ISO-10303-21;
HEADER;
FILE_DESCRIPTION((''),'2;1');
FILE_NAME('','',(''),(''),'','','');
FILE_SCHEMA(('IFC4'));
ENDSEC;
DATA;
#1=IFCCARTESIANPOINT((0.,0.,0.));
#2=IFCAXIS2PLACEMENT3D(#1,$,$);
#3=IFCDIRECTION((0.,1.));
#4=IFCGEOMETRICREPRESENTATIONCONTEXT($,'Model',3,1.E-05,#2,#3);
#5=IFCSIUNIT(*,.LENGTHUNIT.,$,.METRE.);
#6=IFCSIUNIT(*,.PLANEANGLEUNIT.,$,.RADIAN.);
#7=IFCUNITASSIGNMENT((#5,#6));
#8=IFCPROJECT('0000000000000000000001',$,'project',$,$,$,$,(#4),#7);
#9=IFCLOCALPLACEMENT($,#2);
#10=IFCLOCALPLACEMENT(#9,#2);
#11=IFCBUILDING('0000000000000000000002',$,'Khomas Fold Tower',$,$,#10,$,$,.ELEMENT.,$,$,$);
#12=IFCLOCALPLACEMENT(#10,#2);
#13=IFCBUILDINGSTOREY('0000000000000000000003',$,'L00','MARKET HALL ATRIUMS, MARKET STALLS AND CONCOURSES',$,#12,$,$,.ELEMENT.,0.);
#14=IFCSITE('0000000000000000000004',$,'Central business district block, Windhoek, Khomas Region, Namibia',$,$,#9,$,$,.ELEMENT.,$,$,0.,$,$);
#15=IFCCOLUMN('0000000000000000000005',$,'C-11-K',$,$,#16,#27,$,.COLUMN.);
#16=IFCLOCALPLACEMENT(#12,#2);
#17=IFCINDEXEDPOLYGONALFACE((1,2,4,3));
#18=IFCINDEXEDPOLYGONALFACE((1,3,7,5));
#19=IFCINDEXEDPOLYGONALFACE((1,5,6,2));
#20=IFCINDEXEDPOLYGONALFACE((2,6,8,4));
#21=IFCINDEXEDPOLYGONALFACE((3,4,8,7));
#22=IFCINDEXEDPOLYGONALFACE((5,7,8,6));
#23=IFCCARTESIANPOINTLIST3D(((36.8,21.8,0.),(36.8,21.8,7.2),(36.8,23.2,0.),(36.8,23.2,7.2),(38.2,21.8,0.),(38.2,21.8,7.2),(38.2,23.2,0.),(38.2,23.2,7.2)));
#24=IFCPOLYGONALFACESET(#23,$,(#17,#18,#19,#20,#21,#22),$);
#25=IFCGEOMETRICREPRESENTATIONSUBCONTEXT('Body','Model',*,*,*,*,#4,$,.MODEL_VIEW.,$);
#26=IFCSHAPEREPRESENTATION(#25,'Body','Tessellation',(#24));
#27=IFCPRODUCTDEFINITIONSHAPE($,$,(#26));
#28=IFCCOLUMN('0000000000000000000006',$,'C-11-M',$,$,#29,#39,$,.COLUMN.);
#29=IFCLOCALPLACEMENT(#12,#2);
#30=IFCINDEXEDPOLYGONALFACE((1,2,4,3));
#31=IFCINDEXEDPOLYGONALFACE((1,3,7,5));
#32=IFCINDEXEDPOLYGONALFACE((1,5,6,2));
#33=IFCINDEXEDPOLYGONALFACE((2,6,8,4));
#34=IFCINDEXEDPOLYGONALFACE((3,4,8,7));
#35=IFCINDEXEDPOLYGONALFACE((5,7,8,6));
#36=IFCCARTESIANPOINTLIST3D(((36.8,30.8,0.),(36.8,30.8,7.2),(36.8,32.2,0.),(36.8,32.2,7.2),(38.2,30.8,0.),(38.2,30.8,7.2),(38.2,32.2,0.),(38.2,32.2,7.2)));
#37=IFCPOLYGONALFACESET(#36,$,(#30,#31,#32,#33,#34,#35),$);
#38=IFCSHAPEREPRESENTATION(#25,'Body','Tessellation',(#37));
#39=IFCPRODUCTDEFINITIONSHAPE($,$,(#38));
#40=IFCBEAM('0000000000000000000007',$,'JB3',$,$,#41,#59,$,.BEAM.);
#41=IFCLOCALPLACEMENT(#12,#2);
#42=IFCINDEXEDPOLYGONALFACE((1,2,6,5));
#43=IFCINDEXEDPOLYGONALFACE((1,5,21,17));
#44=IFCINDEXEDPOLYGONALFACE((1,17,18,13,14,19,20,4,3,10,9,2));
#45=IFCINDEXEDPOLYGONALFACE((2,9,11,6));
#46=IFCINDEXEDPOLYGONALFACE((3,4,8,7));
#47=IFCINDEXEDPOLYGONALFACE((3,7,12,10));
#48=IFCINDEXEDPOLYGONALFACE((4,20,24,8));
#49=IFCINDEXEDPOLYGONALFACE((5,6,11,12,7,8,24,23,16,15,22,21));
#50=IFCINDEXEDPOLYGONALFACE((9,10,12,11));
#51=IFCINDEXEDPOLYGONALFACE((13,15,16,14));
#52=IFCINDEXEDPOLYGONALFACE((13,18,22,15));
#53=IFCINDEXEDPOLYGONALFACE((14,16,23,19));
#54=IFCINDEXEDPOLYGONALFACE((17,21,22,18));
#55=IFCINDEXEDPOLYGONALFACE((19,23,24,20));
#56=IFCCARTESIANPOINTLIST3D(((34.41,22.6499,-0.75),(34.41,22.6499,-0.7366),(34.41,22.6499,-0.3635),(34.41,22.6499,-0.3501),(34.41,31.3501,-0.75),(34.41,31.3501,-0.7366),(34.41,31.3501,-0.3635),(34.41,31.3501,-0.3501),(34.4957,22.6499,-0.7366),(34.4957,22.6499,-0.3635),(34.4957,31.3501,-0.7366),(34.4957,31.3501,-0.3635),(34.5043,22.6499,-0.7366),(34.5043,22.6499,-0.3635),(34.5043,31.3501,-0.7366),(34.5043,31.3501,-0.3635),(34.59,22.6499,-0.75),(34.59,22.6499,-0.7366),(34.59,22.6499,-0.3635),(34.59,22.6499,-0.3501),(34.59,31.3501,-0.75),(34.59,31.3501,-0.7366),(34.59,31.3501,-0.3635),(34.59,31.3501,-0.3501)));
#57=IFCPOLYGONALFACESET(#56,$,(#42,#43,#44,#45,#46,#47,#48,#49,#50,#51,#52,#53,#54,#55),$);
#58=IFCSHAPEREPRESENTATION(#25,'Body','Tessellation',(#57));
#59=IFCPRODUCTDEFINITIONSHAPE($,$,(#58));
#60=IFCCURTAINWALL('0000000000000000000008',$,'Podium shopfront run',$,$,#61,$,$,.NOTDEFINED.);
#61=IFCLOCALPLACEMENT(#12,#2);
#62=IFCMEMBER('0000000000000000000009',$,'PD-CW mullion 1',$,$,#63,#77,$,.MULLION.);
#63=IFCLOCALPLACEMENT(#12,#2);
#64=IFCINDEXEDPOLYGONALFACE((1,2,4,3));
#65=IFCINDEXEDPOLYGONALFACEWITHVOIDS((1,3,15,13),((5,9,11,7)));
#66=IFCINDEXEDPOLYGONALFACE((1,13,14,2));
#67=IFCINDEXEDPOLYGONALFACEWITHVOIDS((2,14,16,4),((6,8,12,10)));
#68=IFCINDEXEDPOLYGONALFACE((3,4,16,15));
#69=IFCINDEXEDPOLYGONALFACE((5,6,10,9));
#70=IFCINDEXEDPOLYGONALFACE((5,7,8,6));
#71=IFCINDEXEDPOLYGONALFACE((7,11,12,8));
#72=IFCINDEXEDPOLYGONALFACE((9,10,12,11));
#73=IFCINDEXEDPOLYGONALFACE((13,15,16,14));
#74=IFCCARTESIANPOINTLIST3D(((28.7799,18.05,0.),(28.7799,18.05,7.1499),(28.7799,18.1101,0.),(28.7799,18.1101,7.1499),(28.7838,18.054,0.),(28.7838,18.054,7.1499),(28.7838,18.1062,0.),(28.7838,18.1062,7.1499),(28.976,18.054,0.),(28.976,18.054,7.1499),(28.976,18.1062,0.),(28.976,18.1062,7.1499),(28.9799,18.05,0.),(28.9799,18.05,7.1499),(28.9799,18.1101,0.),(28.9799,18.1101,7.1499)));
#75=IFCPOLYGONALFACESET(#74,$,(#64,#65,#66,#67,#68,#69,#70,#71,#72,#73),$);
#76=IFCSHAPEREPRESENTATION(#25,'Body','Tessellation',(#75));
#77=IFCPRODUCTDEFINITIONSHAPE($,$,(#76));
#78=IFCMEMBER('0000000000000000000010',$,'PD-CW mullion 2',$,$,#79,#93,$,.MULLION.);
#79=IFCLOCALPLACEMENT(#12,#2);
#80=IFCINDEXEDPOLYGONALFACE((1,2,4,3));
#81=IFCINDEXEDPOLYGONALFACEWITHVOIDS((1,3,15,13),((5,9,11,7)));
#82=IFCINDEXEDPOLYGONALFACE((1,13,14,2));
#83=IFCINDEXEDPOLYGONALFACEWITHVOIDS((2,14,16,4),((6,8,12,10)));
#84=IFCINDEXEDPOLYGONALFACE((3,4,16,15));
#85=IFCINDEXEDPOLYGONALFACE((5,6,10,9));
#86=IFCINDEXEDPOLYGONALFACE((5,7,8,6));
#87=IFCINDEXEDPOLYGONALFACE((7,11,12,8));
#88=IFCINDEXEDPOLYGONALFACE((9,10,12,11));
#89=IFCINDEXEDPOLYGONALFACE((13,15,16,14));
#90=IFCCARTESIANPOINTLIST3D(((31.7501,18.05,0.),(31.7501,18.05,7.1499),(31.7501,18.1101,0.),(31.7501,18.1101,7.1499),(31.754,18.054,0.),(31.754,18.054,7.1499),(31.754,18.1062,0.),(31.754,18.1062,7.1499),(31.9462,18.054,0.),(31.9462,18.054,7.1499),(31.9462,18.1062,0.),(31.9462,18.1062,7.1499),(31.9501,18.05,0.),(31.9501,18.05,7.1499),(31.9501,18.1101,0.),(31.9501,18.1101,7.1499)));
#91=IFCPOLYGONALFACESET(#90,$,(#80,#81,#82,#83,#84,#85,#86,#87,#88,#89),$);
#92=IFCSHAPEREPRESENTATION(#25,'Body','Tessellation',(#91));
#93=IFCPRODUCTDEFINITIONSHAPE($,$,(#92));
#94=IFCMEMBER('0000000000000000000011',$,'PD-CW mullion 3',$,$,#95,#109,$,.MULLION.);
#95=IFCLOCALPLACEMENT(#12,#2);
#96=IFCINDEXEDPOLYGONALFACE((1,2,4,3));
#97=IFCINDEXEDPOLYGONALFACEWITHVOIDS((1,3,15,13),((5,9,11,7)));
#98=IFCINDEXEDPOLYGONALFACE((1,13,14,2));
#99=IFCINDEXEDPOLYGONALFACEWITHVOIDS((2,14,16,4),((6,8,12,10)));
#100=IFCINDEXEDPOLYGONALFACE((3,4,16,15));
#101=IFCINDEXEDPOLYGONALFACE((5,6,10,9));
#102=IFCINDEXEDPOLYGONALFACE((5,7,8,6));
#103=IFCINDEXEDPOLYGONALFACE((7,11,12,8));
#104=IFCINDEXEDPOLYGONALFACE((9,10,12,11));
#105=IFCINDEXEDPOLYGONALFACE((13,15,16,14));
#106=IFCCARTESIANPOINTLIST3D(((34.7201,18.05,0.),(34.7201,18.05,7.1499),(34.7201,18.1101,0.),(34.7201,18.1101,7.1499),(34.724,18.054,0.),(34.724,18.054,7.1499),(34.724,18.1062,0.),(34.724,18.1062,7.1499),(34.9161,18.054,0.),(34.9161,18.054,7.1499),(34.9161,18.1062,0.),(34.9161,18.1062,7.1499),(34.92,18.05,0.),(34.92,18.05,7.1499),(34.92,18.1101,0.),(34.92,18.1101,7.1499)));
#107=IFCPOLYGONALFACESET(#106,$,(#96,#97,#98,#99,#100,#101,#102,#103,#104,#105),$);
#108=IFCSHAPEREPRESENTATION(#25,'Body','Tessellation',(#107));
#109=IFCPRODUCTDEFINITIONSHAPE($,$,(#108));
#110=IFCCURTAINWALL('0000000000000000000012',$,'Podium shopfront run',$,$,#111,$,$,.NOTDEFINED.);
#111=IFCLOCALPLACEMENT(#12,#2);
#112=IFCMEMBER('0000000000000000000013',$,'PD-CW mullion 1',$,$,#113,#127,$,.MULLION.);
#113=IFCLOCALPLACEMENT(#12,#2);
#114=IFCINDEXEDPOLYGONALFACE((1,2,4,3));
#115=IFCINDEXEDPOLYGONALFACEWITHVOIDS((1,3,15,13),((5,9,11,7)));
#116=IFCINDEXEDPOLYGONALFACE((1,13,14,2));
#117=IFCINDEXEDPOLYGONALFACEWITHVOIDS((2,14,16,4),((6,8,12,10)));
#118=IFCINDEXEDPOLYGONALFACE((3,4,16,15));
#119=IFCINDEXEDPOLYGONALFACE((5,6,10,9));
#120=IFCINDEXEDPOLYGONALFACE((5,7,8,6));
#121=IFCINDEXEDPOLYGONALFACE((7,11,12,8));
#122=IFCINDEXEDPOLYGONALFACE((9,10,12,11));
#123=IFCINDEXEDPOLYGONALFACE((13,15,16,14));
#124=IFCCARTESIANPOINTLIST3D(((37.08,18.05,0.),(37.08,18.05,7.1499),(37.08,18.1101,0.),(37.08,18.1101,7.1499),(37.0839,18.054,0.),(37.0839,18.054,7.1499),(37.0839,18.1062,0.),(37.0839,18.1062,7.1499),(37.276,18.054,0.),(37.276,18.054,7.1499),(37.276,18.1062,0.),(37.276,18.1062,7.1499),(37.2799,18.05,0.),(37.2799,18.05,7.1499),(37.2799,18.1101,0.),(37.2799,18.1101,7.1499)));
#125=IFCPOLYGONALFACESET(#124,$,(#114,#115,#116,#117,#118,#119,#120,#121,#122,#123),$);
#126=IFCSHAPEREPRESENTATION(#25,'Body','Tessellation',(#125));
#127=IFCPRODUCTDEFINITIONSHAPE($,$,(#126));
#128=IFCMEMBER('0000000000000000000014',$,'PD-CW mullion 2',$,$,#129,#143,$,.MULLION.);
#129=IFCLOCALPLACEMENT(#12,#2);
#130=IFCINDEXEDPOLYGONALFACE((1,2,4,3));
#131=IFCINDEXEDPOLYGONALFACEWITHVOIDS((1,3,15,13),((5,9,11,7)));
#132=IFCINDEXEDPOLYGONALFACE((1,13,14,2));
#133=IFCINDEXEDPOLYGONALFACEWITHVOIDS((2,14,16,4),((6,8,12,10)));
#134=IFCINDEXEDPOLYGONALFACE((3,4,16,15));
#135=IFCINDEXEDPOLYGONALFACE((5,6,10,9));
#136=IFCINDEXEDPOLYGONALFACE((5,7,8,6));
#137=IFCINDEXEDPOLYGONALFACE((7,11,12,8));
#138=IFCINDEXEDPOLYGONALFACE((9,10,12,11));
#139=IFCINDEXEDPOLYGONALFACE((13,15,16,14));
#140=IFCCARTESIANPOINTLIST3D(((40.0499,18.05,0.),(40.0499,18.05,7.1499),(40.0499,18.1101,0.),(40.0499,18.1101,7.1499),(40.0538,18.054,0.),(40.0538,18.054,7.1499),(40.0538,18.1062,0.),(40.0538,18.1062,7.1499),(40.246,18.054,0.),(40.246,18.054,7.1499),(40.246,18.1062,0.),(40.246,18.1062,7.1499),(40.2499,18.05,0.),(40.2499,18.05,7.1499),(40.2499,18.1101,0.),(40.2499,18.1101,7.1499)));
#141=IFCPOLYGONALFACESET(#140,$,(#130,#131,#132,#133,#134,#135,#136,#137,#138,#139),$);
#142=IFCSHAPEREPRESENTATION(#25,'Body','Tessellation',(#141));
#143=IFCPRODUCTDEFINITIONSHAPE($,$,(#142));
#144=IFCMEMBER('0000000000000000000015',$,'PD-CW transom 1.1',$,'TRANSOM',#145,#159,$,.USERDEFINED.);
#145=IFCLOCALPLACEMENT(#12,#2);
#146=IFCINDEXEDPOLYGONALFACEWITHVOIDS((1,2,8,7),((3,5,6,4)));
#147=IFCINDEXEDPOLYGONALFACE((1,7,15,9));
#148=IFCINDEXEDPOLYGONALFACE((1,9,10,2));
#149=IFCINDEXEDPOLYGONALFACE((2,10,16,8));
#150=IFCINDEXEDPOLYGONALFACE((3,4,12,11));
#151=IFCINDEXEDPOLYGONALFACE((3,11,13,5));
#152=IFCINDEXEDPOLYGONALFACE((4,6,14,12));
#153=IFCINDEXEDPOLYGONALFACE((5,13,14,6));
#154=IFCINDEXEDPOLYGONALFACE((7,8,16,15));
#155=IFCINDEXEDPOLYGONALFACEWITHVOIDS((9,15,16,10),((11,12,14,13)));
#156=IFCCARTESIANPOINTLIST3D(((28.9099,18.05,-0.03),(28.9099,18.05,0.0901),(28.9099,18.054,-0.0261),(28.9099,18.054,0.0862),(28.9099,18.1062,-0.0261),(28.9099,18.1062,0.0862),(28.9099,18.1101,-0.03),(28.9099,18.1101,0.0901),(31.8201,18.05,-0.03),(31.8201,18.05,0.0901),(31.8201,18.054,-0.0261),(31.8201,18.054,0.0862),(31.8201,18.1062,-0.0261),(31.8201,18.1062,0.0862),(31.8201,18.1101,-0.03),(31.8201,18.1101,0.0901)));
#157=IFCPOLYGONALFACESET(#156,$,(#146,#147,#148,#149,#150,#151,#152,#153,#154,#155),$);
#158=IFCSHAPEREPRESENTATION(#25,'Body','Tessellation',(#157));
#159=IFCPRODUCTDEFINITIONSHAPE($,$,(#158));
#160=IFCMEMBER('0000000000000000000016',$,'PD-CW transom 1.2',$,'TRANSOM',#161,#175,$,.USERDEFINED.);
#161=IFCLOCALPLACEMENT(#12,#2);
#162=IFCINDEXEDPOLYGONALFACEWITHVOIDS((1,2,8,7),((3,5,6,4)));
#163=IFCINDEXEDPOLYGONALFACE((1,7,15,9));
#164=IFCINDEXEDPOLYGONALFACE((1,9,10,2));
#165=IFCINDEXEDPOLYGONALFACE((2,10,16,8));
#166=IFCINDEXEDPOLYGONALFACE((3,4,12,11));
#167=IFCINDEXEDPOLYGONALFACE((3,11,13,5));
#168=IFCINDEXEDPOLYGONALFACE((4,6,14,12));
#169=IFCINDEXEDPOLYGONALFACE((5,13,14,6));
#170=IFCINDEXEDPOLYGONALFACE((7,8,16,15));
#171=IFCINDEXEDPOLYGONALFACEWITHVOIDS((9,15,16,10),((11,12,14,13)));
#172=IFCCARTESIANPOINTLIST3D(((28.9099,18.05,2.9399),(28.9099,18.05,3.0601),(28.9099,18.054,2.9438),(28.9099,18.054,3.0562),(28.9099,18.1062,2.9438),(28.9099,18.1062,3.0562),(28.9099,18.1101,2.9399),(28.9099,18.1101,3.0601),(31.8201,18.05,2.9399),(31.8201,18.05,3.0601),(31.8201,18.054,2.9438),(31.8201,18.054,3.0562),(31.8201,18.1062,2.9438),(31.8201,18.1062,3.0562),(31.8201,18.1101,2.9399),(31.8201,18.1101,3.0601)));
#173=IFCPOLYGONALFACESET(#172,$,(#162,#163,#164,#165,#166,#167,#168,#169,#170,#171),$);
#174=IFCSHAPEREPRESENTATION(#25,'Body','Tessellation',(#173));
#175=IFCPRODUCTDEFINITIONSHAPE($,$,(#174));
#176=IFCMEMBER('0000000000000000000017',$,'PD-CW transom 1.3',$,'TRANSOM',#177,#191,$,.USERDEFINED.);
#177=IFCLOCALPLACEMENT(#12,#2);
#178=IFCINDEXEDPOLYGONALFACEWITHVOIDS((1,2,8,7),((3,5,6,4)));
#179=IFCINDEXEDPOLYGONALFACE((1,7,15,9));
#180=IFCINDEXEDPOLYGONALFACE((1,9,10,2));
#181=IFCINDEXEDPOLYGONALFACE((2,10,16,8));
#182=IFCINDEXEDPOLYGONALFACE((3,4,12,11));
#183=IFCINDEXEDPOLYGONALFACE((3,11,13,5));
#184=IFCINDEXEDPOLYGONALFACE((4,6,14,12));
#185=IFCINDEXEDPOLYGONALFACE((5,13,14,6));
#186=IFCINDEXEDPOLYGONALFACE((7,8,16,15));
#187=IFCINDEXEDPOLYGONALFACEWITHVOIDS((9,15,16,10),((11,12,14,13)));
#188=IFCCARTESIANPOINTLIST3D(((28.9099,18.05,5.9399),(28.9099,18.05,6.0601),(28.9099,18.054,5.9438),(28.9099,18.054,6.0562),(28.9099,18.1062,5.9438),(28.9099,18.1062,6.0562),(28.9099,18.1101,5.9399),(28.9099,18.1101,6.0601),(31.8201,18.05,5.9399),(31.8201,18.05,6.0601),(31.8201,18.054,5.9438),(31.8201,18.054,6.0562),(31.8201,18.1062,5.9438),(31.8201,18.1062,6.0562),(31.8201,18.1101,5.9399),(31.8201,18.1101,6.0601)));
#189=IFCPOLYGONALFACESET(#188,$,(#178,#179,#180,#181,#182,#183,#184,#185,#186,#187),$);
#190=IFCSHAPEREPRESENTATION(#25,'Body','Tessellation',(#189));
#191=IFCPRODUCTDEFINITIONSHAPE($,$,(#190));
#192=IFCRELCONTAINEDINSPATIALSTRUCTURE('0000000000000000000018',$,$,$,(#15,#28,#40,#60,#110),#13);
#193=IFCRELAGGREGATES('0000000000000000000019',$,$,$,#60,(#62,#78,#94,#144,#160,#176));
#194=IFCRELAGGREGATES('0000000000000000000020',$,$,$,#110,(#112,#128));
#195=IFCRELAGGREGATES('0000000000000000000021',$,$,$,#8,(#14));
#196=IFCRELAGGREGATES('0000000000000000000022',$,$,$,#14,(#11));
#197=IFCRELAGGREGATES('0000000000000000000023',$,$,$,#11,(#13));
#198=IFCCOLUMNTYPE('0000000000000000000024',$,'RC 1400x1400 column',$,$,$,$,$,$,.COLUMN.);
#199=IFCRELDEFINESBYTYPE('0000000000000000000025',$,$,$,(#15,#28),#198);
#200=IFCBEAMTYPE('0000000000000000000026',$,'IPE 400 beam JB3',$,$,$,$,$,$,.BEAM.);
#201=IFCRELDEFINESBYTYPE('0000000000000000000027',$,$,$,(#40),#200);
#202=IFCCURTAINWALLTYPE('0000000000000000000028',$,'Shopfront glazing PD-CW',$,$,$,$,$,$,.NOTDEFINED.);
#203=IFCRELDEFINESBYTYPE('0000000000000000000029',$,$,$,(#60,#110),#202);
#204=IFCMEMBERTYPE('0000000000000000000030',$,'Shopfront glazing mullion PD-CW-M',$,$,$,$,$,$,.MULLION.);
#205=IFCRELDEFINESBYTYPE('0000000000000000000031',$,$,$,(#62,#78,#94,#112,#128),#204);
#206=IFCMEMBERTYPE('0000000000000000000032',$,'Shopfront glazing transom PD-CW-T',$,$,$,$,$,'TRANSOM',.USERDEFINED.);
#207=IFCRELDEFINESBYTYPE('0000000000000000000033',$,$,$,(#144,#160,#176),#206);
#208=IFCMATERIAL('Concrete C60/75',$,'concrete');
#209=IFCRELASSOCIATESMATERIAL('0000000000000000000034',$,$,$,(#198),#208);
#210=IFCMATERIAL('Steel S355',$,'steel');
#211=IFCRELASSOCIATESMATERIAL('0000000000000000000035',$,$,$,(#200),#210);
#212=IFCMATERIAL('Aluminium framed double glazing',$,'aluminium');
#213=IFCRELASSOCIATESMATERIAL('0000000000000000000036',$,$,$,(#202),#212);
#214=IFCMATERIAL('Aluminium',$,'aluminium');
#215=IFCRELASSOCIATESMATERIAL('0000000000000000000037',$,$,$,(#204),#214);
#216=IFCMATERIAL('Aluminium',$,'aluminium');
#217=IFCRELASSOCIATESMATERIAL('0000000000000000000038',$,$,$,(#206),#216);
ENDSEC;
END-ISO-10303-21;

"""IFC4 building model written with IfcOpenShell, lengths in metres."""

from ifc_helpers import new_model, si_unit, direction, frame, origin, origin_2d, place, context, subcontext, project, spatial, rectangle, hollow_rectangle, i_section, extrude, source, transform, mapped, material, material_profile, profile_set, type_object, element, aggregate, save


model = new_model("IFC4")

# Units and contexts
model_context = context("Model", 3, precision=1e-05, world=origin(), true_north=direction((0.0, 1.0)))
body_context = subcontext(model_context, "Body", "Model", "MODEL_VIEW")
ifc_project = project(units=[si_unit("LENGTHUNIT", "METRE"), si_unit("PLANEANGLEUNIT", "RADIAN")], contexts=[model_context])

# Site, building, storey
site_placement = place(None, origin())
site = spatial("IfcSite", under=ifc_project, at=site_placement, Name="Central business district block, Windhoek, Khomas Region, Namibia", CompositionType="ELEMENT", RefElevation=0.0)
building_placement = place(site_placement, origin())
building = spatial("IfcBuilding", under=site, at=building_placement, Name="Khomas Fold Tower", CompositionType="ELEMENT")
storey_placement = place(building_placement, origin())
storey = spatial("IfcBuildingStorey", under=building, at=storey_placement, Name="L00", Description="MARKET HALL ATRIUMS, MARKET STALLS AND CONCOURSES", CompositionType="ELEMENT", Elevation=0.0)

# Columns
ifc_material_1 = material(Name="Concrete C60/75", Category="concrete")
ifc_material_profile_1 = material_profile(ifc_material_1, rectangle(XDim=1.3999, YDim=1.3999, at=origin_2d()), Name="RC 1400x1400")
ifc_profile_set_1 = profile_set([ifc_material_profile_1], Name="Concrete C60/75")
column_type = type_object("IfcColumnType", Name="RC 1400x1400 column", PredefinedType="COLUMN", material=ifc_profile_set_1)
shared_shape_1 = source(origin(), body_context, "Body", "SweptSolid", [
    extrude(rectangle(XDim=1.3999, YDim=1.3999, at=origin_2d()), origin(), (0.0, 0.0, 1.0), 7.2),
])
for number, where, z_axis, x_axis, name in (
    (1, (37.5, 22.5, 0.0), (0.0, 0.0, 1.0), (1.0, 0.0, 0.0), "C-11-K"),
    (2, (37.5, 31.5, 0.0), (0.0, 0.0, 1.0), (1.0, 0.0, 0.0), "C-11-M"),
):
    element("IfcColumn", number, at=place(storey_placement, frame(where, z_axis=z_axis, x_axis=x_axis)), inside=storey, type_object=column_type, Name=name, PredefinedType="COLUMN", context=body_context, shape_type="MappedRepresentation", body=[
        mapped(shared_shape_1, transform((0.0, 0.0, 0.0))),
    ])

# Beam
ifc_material_2 = material(Name="Steel S355", Category="steel")
ifc_material_profile_2 = material_profile(ifc_material_2, i_section(OverallWidth=0.1799, OverallDepth=0.3999, WebThickness=0.0085, FlangeThickness=0.0134, at=origin_2d()), Name="IPE 400")
ifc_profile_set_2 = profile_set([ifc_material_profile_2], Name="Steel S355")
beam_type = type_object("IfcBeamType", Name="IPE 400 beam JB3", PredefinedType="BEAM", material=ifc_profile_set_2)
shared_shape_2 = source(origin(), body_context, "Body", "SweptSolid", [
    extrude(i_section(OverallWidth=0.1799, OverallDepth=0.3999, WebThickness=0.0085, FlangeThickness=0.0134, at=origin_2d()), origin(), (0.0, 0.0, 1.0), 8.7002),
])
beam_placement = place(storey_placement, frame((34.5, 22.6499, -0.55), z_axis=(0.0, 1.0, 0.0), x_axis=(-1.0, 0.0, 0.0)))
element("IfcBeam", 3, at=beam_placement, inside=storey, type_object=beam_type, Name="JB3", PredefinedType="BEAM", context=body_context, shape_type="MappedRepresentation", body=[
    mapped(shared_shape_2, transform((0.0, 0.0, 0.0))),
])

# Curtain walls, members
ifc_material_3 = material(Name="Aluminium framed double glazing", Category="aluminium")
curtain_wall_type = type_object("IfcCurtainWallType", Name="Shopfront glazing PD-CW", PredefinedType="NOTDEFINED", material=ifc_material_3)
curtain_wall_1_placement = place(storey_placement, origin())
curtain_wall_1 = element("IfcCurtainWall", 4, at=curtain_wall_1_placement, inside=storey, type_object=curtain_wall_type, Name="Podium shopfront run", PredefinedType="NOTDEFINED")
ifc_material_4 = material(Name="Aluminium", Category="aluminium")
ifc_material_profile_3 = material_profile(ifc_material_4, hollow_rectangle(XDim=0.0601, YDim=0.2, WallThickness=0.0039, at=origin_2d()), Name="Shopfront glazing mullion PD-CW-M")
ifc_profile_set_3 = profile_set([ifc_material_profile_3], Name="Aluminium")
member_type_1 = type_object("IfcMemberType", Name="Shopfront glazing mullion PD-CW-M", PredefinedType="MULLION", material=ifc_profile_set_3)
shared_shape_3 = source(origin(), body_context, "Body", "SweptSolid", [
    extrude(hollow_rectangle(XDim=0.0601, YDim=0.2, WallThickness=0.0039, at=origin_2d()), origin(), (0.0, 0.0, 1.0), 7.1499),
])
member_1_placement = place(storey_placement, frame((28.8799, 18.0801, 0.0), z_axis=(0.0, 0.0, 1.0), x_axis=(0.0, 1.0, 0.0)))
member_1 = element("IfcMember", 5, at=member_1_placement, type_object=member_type_1, Name="PD-CW mullion 1", PredefinedType="MULLION", context=body_context, shape_type="MappedRepresentation", body=[
    mapped(shared_shape_3, transform((0.0, 0.0, 0.0))),
])
member_2_placement = place(storey_placement, frame((31.8501, 18.0801, 0.0), z_axis=(0.0, 0.0, 1.0), x_axis=(0.0, 1.0, 0.0)))
member_2 = element("IfcMember", 6, at=member_2_placement, type_object=member_type_1, Name="PD-CW mullion 2", PredefinedType="MULLION", context=body_context, shape_type="MappedRepresentation", body=[
    mapped(shared_shape_3, transform((0.0, 0.0, 0.0))),
])
member_3_placement = place(storey_placement, frame((34.8201, 18.0801, 0.0), z_axis=(0.0, 0.0, 1.0), x_axis=(0.0, 1.0, 0.0)))
member_3 = element("IfcMember", 7, at=member_3_placement, type_object=member_type_1, Name="PD-CW mullion 3", PredefinedType="MULLION", context=body_context, shape_type="MappedRepresentation", body=[
    mapped(shared_shape_3, transform((0.0, 0.0, 0.0))),
])
curtain_wall_2_placement = place(storey_placement, origin())
curtain_wall_2 = element("IfcCurtainWall", 8, at=curtain_wall_2_placement, inside=storey, type_object=curtain_wall_type, Name="Podium shopfront run", PredefinedType="NOTDEFINED")
member_4_placement = place(storey_placement, frame((37.1799, 18.0801, 0.0), z_axis=(0.0, 0.0, 1.0), x_axis=(0.0, 1.0, 0.0)))
member_4 = element("IfcMember", 9, at=member_4_placement, type_object=member_type_1, Name="PD-CW mullion 1", PredefinedType="MULLION", context=body_context, shape_type="MappedRepresentation", body=[
    mapped(shared_shape_3, transform((0.0, 0.0, 0.0))),
])
member_5_placement = place(storey_placement, frame((40.1499, 18.0801, 0.0), z_axis=(0.0, 0.0, 1.0), x_axis=(0.0, 1.0, 0.0)))
member_5 = element("IfcMember", 10, at=member_5_placement, type_object=member_type_1, Name="PD-CW mullion 2", PredefinedType="MULLION", context=body_context, shape_type="MappedRepresentation", body=[
    mapped(shared_shape_3, transform((0.0, 0.0, 0.0))),
])

# Members
ifc_material_5 = material(Name="Aluminium", Category="aluminium")
ifc_material_profile_4 = material_profile(ifc_material_5, hollow_rectangle(XDim=0.0601, YDim=0.1201, WallThickness=0.0039, at=origin_2d()), Name="Shopfront glazing transom PD-CW-T")
ifc_profile_set_4 = profile_set([ifc_material_profile_4], Name="Aluminium")
member_type_2 = type_object("IfcMemberType", Name="Shopfront glazing transom PD-CW-T", ElementType="TRANSOM", PredefinedType="USERDEFINED", material=ifc_profile_set_4)
shared_shape_4 = source(origin(), body_context, "Body", "SweptSolid", [
    extrude(hollow_rectangle(XDim=0.0601, YDim=0.1201, WallThickness=0.0039, at=origin_2d()), origin(), (0.0, 0.0, 1.0), 2.9102),
])
member_6_placement = place(storey_placement, frame((28.9099, 18.0801, 0.03), z_axis=(1.0, 0.0, 0.0), x_axis=(0.0, 1.0, 0.0)))
member_6 = element("IfcMember", 11, at=member_6_placement, type_object=member_type_2, Name="PD-CW transom 1.1", ObjectType="TRANSOM", PredefinedType="USERDEFINED", context=body_context, shape_type="MappedRepresentation", body=[
    mapped(shared_shape_4, transform((0.0, 0.0, 0.0))),
])
member_7_placement = place(storey_placement, frame((28.9099, 18.0801, 3.0), z_axis=(1.0, 0.0, 0.0), x_axis=(0.0, 1.0, 0.0)))
member_7 = element("IfcMember", 12, at=member_7_placement, type_object=member_type_2, Name="PD-CW transom 1.2", ObjectType="TRANSOM", PredefinedType="USERDEFINED", context=body_context, shape_type="MappedRepresentation", body=[
    mapped(shared_shape_4, transform((0.0, 0.0, 0.0))),
])
member_8_placement = place(storey_placement, frame((28.9099, 18.0801, 6.0), z_axis=(1.0, 0.0, 0.0), x_axis=(0.0, 1.0, 0.0)))
member_8 = element("IfcMember", 13, at=member_8_placement, type_object=member_type_2, Name="PD-CW transom 1.3", ObjectType="TRANSOM", PredefinedType="USERDEFINED", context=body_context, shape_type="MappedRepresentation", body=[
    mapped(shared_shape_4, transform((0.0, 0.0, 0.0))),
])

aggregate(curtain_wall_1, [member_1, member_2, member_3, member_6, member_7, member_8])
aggregate(curtain_wall_2, [member_4, member_5])

save(model, "model.ifc")
